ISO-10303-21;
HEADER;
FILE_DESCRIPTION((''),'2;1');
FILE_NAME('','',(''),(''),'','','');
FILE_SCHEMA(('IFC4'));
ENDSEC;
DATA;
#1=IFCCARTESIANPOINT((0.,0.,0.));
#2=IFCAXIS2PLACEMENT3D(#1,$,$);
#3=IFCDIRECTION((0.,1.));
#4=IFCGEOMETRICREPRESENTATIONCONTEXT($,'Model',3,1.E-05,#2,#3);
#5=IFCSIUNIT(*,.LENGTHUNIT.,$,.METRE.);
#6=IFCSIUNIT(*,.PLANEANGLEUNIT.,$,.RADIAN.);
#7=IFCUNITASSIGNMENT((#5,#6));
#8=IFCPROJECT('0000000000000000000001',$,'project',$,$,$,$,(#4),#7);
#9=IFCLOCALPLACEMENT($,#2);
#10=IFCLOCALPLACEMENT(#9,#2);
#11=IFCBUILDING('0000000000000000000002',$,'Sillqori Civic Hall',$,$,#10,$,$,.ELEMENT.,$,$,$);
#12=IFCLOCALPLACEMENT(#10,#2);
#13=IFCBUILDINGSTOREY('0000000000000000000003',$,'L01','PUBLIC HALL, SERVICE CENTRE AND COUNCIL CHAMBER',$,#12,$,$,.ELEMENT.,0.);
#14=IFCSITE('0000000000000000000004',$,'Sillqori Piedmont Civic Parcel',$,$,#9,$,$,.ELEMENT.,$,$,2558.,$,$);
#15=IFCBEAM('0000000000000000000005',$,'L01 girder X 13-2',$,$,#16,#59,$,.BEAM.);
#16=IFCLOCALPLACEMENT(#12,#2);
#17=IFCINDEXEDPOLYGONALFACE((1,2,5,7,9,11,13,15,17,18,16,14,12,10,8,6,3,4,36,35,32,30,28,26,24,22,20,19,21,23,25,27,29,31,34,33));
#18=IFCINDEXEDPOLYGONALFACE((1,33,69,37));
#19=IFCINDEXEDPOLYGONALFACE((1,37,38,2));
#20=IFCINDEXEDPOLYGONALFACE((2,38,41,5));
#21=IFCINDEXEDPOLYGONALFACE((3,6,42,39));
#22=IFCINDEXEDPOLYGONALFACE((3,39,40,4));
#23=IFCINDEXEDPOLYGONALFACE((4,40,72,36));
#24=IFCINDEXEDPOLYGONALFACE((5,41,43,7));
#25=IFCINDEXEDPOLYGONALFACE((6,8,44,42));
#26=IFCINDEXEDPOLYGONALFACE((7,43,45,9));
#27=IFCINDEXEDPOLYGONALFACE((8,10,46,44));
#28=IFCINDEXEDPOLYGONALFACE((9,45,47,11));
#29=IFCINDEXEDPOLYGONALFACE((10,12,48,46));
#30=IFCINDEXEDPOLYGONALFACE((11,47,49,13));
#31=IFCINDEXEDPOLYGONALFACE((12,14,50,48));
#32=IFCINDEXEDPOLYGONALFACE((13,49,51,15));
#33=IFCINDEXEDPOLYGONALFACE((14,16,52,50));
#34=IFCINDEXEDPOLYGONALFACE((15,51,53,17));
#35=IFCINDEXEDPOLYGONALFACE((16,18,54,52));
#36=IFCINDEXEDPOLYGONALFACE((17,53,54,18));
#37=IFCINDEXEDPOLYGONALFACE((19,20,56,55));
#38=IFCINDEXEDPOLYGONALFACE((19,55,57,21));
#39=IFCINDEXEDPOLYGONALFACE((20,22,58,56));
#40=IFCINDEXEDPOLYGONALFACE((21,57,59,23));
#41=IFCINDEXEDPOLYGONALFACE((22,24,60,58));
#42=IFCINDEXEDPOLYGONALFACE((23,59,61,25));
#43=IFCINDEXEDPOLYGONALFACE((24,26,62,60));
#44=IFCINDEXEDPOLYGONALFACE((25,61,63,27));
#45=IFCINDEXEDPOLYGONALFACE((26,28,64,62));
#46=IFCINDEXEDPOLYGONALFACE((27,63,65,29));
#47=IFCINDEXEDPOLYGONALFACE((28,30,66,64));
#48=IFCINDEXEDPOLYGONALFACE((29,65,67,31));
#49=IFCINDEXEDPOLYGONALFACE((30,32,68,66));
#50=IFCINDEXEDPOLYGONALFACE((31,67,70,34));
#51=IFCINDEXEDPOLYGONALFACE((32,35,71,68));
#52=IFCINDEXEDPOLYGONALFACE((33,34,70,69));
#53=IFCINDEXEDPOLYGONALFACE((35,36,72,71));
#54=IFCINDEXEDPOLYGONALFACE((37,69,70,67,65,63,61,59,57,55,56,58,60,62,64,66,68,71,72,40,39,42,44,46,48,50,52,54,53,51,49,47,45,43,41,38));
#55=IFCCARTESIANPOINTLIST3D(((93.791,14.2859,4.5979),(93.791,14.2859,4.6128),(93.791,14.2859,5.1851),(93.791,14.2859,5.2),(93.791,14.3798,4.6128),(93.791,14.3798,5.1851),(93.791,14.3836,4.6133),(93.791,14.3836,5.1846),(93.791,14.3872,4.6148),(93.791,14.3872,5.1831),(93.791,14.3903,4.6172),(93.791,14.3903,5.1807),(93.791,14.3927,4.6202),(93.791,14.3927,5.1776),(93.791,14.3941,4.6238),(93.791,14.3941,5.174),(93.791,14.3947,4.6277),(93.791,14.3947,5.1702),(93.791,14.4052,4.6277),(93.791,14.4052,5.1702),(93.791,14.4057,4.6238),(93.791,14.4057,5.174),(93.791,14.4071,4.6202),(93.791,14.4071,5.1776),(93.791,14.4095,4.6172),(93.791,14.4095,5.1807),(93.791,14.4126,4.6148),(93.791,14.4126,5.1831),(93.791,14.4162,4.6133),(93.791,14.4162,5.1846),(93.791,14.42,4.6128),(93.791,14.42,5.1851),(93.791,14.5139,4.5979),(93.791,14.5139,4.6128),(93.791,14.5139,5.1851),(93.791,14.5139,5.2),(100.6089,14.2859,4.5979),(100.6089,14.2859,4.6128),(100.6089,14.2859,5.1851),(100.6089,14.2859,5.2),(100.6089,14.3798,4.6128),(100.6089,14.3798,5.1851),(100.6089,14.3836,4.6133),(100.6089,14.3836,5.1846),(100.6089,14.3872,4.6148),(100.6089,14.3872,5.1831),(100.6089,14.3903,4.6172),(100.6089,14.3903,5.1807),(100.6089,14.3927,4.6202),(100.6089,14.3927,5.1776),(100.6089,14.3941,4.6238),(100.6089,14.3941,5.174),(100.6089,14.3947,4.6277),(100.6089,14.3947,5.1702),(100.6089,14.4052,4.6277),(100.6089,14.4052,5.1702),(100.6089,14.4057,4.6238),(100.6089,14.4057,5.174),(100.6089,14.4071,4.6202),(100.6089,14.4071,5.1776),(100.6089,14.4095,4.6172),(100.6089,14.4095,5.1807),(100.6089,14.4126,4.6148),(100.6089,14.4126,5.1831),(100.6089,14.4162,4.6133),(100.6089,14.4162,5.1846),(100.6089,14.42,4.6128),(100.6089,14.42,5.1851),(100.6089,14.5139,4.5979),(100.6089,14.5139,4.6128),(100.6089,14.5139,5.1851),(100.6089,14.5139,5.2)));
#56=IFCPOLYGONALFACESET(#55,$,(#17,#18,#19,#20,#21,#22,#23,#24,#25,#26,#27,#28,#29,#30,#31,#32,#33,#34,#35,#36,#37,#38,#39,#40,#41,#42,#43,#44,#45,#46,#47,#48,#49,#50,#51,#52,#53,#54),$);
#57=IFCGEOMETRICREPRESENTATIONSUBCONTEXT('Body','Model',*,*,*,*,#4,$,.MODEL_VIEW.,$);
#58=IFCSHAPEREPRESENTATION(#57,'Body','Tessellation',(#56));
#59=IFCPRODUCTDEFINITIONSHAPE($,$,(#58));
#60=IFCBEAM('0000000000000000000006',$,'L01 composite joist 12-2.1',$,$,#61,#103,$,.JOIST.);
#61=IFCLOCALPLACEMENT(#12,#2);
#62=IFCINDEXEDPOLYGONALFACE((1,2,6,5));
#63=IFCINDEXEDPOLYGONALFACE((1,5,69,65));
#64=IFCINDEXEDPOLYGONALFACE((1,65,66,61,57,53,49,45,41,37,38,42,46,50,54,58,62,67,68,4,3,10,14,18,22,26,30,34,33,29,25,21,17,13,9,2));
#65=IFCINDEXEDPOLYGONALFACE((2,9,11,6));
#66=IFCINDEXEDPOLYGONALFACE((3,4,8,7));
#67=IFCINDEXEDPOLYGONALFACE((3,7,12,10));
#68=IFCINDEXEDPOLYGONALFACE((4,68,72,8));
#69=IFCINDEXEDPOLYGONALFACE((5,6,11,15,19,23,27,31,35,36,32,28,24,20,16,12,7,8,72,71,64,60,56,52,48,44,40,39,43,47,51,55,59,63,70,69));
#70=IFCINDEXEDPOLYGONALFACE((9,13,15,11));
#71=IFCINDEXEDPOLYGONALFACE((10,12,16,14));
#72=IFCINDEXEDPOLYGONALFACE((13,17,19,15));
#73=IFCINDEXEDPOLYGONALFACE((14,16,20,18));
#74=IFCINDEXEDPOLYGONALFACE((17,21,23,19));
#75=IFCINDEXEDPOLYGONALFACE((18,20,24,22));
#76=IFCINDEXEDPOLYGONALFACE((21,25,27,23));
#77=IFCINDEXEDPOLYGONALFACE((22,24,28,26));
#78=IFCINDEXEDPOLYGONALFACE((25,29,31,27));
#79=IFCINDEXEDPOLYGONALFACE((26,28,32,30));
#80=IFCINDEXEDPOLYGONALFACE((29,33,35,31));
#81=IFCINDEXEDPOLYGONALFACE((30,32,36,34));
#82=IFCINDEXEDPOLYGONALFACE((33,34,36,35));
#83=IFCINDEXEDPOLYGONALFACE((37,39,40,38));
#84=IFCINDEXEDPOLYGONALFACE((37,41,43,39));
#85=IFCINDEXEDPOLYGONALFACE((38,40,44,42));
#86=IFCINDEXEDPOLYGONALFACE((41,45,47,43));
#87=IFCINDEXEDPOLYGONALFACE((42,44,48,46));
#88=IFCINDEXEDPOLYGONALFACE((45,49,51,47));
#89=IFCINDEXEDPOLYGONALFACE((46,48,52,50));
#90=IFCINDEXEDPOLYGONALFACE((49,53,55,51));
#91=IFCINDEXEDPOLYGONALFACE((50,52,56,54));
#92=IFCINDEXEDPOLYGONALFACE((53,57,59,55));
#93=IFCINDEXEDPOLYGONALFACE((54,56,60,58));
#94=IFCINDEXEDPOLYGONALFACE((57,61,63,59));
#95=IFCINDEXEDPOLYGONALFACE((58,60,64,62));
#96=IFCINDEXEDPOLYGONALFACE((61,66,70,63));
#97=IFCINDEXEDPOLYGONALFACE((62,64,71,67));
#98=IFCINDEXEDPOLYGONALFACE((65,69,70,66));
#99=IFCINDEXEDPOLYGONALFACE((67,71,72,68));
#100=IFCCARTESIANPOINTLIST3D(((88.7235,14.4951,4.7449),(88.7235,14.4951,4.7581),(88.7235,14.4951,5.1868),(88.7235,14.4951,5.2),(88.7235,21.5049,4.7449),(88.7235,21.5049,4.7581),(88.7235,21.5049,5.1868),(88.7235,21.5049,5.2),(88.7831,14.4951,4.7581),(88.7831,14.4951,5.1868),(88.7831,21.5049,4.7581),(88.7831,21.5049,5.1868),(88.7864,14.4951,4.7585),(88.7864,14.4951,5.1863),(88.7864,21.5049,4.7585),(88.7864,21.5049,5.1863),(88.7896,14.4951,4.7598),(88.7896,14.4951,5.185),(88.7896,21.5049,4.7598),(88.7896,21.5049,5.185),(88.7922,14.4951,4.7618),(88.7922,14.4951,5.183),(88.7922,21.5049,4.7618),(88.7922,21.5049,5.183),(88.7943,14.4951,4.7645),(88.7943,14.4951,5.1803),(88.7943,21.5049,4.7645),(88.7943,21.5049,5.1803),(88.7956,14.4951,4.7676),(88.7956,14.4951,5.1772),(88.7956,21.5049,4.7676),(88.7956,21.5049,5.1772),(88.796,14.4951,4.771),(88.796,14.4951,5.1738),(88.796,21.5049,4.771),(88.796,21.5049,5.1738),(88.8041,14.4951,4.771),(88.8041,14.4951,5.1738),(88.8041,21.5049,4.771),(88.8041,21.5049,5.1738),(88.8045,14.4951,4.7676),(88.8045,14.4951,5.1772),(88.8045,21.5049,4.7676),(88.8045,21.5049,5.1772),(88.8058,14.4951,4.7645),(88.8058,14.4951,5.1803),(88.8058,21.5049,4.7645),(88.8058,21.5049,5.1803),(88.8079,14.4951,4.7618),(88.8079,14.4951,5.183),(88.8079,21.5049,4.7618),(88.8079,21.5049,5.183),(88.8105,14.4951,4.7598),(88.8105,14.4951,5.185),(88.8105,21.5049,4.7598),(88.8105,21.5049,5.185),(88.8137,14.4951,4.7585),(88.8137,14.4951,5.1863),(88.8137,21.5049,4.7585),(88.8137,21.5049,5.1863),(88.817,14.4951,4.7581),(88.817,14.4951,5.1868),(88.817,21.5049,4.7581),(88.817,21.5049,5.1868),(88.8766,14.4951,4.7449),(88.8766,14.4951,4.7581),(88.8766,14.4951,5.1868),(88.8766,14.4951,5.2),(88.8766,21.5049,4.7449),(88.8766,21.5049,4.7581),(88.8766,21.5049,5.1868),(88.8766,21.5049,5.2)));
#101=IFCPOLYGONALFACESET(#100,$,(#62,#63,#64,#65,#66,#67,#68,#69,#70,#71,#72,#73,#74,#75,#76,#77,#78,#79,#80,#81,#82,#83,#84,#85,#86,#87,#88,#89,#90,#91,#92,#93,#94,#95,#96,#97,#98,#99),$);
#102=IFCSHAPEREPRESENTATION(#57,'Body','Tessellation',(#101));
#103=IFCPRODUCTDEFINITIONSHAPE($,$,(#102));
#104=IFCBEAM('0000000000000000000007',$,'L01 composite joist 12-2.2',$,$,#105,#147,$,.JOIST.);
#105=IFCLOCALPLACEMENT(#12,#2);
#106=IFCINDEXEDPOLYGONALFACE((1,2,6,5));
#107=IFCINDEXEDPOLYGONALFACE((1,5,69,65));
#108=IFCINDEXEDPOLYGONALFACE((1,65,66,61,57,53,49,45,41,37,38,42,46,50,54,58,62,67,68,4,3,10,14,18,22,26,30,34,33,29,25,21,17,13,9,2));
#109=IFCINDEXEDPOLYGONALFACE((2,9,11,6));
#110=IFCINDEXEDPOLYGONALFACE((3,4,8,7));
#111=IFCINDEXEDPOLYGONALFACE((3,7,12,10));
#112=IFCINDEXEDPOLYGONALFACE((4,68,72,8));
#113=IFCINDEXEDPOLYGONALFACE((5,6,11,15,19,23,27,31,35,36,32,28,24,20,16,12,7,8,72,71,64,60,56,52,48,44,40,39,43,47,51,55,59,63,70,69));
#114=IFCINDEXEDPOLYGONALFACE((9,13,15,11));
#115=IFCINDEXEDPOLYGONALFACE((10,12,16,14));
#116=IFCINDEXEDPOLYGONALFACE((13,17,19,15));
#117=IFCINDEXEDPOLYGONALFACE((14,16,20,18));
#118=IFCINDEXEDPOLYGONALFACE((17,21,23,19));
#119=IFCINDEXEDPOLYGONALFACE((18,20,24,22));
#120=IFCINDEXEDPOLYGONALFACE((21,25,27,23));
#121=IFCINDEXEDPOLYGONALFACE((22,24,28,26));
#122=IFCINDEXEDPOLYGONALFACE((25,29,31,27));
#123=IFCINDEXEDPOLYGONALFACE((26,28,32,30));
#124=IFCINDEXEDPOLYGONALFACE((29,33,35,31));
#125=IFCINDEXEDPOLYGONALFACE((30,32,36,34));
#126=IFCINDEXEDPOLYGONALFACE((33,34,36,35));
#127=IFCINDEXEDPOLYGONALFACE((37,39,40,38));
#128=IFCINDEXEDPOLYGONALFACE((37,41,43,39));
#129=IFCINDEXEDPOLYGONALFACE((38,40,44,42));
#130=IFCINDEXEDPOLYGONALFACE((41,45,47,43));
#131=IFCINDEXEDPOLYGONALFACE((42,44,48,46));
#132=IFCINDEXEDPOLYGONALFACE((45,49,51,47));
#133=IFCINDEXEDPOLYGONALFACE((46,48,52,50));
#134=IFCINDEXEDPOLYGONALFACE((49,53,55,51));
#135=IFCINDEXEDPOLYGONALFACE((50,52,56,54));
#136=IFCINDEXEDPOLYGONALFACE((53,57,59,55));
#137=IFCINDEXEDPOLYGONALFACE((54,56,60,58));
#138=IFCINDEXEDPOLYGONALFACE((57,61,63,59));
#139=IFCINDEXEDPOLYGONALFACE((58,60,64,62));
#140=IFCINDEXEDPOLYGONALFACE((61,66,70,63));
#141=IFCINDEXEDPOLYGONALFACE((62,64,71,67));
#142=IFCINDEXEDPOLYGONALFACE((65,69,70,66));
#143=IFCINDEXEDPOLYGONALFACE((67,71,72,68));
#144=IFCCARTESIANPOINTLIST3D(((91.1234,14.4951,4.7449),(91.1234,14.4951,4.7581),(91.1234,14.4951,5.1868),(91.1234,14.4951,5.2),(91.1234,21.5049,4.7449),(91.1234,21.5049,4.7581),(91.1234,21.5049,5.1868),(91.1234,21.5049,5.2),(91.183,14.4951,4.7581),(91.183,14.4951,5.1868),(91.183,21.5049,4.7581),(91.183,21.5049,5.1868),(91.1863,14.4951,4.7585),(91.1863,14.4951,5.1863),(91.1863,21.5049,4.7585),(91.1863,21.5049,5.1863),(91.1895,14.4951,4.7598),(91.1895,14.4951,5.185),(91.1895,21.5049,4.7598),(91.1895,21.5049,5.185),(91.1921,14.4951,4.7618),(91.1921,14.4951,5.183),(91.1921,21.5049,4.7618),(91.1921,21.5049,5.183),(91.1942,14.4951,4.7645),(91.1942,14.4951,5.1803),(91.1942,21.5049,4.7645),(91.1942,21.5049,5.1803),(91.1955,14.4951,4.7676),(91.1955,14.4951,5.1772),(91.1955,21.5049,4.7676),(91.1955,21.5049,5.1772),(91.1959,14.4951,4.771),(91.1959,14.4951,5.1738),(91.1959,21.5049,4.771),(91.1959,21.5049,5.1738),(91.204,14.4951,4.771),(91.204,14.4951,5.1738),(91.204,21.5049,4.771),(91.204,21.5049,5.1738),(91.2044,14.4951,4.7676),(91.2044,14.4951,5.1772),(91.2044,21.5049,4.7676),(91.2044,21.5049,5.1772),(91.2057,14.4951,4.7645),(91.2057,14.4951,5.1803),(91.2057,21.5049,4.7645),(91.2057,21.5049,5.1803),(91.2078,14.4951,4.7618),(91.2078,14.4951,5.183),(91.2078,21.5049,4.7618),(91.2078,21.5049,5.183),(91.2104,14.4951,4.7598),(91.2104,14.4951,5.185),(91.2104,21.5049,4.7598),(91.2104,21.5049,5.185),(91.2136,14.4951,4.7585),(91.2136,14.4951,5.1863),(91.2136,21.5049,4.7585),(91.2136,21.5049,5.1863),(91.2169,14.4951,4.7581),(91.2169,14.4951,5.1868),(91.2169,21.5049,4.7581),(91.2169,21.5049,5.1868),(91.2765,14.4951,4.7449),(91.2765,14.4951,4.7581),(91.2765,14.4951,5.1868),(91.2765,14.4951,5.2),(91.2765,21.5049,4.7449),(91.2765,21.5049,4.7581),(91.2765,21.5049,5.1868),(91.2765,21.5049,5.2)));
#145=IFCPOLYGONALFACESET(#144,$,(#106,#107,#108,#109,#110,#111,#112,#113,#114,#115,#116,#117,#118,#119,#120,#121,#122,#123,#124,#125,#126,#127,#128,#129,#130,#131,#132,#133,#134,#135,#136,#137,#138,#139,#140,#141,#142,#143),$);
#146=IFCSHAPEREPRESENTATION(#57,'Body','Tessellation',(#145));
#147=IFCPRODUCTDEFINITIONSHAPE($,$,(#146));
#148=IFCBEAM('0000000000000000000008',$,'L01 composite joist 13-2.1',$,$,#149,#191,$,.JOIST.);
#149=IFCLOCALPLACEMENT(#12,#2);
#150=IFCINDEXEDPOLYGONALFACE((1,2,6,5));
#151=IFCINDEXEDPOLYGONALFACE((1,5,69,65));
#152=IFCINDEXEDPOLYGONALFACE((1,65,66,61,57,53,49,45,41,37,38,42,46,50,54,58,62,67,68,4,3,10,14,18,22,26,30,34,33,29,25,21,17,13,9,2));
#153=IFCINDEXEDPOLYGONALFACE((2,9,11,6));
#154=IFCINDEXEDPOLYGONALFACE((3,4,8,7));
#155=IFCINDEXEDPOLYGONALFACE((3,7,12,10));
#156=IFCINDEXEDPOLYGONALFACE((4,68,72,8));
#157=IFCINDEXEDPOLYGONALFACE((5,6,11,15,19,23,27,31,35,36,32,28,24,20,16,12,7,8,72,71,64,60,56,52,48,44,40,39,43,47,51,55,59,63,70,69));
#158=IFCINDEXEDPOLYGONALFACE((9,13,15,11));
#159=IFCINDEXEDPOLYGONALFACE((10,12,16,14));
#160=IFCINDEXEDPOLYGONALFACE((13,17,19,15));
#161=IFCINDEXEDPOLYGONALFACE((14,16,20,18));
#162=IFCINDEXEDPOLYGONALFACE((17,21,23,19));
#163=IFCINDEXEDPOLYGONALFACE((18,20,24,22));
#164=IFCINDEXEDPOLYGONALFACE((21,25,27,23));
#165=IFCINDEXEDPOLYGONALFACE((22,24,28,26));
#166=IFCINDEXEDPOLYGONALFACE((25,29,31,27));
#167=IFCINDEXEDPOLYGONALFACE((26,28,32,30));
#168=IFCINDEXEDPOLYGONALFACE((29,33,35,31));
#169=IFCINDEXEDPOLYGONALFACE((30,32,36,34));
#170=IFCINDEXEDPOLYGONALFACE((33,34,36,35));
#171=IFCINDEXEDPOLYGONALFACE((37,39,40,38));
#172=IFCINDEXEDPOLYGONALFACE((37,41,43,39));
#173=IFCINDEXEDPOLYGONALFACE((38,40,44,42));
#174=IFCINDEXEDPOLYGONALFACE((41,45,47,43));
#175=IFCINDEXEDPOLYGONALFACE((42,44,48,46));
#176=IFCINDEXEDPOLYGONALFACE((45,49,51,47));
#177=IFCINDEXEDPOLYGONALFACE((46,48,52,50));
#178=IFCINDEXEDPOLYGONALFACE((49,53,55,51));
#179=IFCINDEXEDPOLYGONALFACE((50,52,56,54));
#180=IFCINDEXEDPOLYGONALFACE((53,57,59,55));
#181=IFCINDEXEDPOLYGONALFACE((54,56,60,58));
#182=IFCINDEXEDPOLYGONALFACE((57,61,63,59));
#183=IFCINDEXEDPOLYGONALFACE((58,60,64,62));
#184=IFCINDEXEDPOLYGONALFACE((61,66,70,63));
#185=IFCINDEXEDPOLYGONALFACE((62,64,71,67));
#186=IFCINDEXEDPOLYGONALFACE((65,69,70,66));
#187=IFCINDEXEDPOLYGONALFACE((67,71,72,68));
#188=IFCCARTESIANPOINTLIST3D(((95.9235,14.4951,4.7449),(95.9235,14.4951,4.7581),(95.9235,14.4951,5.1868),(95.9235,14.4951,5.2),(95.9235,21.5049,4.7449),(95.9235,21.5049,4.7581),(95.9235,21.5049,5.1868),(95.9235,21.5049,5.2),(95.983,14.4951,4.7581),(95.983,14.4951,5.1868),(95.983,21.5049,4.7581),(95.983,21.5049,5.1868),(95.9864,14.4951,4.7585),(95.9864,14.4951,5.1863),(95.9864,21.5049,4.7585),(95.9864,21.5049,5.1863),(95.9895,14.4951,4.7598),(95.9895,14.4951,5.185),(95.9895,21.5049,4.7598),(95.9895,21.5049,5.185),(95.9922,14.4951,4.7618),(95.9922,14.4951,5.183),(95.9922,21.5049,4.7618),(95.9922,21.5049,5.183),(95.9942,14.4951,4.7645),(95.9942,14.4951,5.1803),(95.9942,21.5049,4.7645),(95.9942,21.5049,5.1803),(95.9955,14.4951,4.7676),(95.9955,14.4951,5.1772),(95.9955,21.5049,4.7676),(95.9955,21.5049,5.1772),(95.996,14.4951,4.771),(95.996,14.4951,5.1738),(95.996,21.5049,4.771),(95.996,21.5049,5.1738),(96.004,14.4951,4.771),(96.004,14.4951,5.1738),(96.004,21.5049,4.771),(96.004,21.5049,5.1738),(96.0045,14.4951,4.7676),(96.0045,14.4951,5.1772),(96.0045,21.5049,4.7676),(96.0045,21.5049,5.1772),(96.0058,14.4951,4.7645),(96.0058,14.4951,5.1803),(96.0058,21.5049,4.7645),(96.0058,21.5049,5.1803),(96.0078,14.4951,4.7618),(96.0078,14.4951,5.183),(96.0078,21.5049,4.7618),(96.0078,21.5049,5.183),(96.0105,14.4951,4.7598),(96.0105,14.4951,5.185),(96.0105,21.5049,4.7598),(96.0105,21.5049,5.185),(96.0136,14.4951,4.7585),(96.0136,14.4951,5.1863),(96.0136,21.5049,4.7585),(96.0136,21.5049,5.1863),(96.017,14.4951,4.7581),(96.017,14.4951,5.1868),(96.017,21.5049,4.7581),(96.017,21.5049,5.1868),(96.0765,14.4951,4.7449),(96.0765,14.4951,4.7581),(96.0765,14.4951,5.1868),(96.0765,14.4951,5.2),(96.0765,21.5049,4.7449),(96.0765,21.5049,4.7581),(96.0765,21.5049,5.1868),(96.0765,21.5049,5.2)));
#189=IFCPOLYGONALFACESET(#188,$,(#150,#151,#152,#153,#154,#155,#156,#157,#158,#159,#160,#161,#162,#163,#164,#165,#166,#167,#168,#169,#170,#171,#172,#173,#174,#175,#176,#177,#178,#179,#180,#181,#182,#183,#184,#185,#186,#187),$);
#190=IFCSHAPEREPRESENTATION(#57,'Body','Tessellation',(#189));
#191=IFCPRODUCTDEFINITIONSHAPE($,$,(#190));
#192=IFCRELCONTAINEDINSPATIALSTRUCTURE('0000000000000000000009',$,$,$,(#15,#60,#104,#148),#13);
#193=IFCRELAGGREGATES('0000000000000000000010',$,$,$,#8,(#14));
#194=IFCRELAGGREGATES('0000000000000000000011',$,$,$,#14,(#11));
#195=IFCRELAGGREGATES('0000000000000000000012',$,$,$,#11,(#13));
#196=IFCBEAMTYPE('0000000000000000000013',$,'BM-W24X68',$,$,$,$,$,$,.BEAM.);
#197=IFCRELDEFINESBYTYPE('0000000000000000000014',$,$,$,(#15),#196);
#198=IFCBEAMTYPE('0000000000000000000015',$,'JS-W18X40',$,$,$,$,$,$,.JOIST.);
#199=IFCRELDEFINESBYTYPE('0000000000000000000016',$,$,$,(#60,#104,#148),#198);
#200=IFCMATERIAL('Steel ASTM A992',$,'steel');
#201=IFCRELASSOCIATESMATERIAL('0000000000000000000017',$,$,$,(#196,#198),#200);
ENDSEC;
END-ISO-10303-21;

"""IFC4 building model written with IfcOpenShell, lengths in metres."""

from ifc_helpers import new_model, si_unit, direction, frame, origin, origin_2d, place, context, subcontext, project, spatial, i_section, extrude, material, material_profile, profile_set, type_object, element, save


model = new_model("IFC4")

# Units and contexts
model_context = context("Model", 3, precision=1e-05, world=origin(), true_north=direction((0.0, 1.0)))
body_context = subcontext(model_context, "Body", "Model", "MODEL_VIEW")
ifc_project = project(units=[si_unit("LENGTHUNIT", "METRE"), si_unit("PLANEANGLEUNIT", "RADIAN")], contexts=[model_context])

# Site, building, storey
site_placement = place(None, origin())
site = spatial("IfcSite", under=ifc_project, at=site_placement, Name="Sillqori Piedmont Civic Parcel", CompositionType="ELEMENT", RefElevation=2558.0)
building_placement = place(site_placement, origin())
building = spatial("IfcBuilding", under=site, at=building_placement, Name="Sillqori Civic Hall", CompositionType="ELEMENT")
storey_placement = place(building_placement, origin())
storey = spatial("IfcBuildingStorey", under=building, at=storey_placement, Name="L01", Description="PUBLIC HALL, SERVICE CENTRE AND COUNCIL CHAMBER", CompositionType="ELEMENT", Elevation=0.0)

# Shared definitions
ifc_material_1 = material(Name="Steel ASTM A992", Category="steel")

# Beams
ifc_material_profile_1 = material_profile(ifc_material_1, i_section(OverallWidth=0.228, OverallDepth=0.6021, WebThickness=0.0105, FlangeThickness=0.0149, FilletRadius=0.0149, at=origin_2d()), Name="W24X68")
ifc_profile_set_1 = profile_set([ifc_material_profile_1], Name="Steel ASTM A992")
beam_type_1 = type_object("IfcBeamType", Name="BM-W24X68", PredefinedType="BEAM", material=ifc_profile_set_1)
for number, where, z_axis, x_axis, name in (
    (1, (93.791, 14.3999, 4.8989), (1.0, 0.0, 0.0), (0.0, 1.0, 0.0), "L01 girder X 13-2"),
):
    element("IfcBeam", number, at=place(storey_placement, frame(where, z_axis=z_axis, x_axis=x_axis)), inside=storey, type_object=beam_type_1, Name=name, PredefinedType="BEAM", context=body_context, shape_type="SweptSolid", body=[
        extrude(i_section(OverallWidth=0.228, OverallDepth=0.6021, WebThickness=0.0105, FlangeThickness=0.0149, FilletRadius=0.0149, at=origin_2d()), origin(), (0.0, 0.0, 1.0), 6.8179),
    ])
ifc_material_profile_2 = material_profile(ifc_material_1, i_section(OverallWidth=0.1531, OverallDepth=0.4551, WebThickness=0.0081, FlangeThickness=0.0132, FilletRadius=0.0129, at=origin_2d()), Name="W18X40")
ifc_profile_set_2 = profile_set([ifc_material_profile_2], Name="Steel ASTM A992")
beam_type_2 = type_object("IfcBeamType", Name="JS-W18X40", PredefinedType="JOIST", material=ifc_profile_set_2)
for number, where, z_axis, x_axis, name in (
    (2, (88.8, 14.4951, 4.9724), (0.0, 1.0, 0.0), (-1.0, 0.0, 0.0), "L01 composite joist 12-2.1"),
    (3, (91.2, 14.4951, 4.9724), (0.0, 1.0, 0.0), (-1.0, 0.0, 0.0), "L01 composite joist 12-2.2"),
    (4, (96.0, 14.4951, 4.9724), (0.0, 1.0, 0.0), (-1.0, 0.0, 0.0), "L01 composite joist 13-2.1"),
):
    element("IfcBeam", number, at=place(storey_placement, frame(where, z_axis=z_axis, x_axis=x_axis)), inside=storey, type_object=beam_type_2, Name=name, PredefinedType="JOIST", context=body_context, shape_type="SweptSolid", body=[
        extrude(i_section(OverallWidth=0.1531, OverallDepth=0.4551, WebThickness=0.0081, FlangeThickness=0.0132, FilletRadius=0.0129, at=origin_2d()), origin(), (0.0, 0.0, 1.0), 7.0098),
    ])

save(model, "model.ifc")
